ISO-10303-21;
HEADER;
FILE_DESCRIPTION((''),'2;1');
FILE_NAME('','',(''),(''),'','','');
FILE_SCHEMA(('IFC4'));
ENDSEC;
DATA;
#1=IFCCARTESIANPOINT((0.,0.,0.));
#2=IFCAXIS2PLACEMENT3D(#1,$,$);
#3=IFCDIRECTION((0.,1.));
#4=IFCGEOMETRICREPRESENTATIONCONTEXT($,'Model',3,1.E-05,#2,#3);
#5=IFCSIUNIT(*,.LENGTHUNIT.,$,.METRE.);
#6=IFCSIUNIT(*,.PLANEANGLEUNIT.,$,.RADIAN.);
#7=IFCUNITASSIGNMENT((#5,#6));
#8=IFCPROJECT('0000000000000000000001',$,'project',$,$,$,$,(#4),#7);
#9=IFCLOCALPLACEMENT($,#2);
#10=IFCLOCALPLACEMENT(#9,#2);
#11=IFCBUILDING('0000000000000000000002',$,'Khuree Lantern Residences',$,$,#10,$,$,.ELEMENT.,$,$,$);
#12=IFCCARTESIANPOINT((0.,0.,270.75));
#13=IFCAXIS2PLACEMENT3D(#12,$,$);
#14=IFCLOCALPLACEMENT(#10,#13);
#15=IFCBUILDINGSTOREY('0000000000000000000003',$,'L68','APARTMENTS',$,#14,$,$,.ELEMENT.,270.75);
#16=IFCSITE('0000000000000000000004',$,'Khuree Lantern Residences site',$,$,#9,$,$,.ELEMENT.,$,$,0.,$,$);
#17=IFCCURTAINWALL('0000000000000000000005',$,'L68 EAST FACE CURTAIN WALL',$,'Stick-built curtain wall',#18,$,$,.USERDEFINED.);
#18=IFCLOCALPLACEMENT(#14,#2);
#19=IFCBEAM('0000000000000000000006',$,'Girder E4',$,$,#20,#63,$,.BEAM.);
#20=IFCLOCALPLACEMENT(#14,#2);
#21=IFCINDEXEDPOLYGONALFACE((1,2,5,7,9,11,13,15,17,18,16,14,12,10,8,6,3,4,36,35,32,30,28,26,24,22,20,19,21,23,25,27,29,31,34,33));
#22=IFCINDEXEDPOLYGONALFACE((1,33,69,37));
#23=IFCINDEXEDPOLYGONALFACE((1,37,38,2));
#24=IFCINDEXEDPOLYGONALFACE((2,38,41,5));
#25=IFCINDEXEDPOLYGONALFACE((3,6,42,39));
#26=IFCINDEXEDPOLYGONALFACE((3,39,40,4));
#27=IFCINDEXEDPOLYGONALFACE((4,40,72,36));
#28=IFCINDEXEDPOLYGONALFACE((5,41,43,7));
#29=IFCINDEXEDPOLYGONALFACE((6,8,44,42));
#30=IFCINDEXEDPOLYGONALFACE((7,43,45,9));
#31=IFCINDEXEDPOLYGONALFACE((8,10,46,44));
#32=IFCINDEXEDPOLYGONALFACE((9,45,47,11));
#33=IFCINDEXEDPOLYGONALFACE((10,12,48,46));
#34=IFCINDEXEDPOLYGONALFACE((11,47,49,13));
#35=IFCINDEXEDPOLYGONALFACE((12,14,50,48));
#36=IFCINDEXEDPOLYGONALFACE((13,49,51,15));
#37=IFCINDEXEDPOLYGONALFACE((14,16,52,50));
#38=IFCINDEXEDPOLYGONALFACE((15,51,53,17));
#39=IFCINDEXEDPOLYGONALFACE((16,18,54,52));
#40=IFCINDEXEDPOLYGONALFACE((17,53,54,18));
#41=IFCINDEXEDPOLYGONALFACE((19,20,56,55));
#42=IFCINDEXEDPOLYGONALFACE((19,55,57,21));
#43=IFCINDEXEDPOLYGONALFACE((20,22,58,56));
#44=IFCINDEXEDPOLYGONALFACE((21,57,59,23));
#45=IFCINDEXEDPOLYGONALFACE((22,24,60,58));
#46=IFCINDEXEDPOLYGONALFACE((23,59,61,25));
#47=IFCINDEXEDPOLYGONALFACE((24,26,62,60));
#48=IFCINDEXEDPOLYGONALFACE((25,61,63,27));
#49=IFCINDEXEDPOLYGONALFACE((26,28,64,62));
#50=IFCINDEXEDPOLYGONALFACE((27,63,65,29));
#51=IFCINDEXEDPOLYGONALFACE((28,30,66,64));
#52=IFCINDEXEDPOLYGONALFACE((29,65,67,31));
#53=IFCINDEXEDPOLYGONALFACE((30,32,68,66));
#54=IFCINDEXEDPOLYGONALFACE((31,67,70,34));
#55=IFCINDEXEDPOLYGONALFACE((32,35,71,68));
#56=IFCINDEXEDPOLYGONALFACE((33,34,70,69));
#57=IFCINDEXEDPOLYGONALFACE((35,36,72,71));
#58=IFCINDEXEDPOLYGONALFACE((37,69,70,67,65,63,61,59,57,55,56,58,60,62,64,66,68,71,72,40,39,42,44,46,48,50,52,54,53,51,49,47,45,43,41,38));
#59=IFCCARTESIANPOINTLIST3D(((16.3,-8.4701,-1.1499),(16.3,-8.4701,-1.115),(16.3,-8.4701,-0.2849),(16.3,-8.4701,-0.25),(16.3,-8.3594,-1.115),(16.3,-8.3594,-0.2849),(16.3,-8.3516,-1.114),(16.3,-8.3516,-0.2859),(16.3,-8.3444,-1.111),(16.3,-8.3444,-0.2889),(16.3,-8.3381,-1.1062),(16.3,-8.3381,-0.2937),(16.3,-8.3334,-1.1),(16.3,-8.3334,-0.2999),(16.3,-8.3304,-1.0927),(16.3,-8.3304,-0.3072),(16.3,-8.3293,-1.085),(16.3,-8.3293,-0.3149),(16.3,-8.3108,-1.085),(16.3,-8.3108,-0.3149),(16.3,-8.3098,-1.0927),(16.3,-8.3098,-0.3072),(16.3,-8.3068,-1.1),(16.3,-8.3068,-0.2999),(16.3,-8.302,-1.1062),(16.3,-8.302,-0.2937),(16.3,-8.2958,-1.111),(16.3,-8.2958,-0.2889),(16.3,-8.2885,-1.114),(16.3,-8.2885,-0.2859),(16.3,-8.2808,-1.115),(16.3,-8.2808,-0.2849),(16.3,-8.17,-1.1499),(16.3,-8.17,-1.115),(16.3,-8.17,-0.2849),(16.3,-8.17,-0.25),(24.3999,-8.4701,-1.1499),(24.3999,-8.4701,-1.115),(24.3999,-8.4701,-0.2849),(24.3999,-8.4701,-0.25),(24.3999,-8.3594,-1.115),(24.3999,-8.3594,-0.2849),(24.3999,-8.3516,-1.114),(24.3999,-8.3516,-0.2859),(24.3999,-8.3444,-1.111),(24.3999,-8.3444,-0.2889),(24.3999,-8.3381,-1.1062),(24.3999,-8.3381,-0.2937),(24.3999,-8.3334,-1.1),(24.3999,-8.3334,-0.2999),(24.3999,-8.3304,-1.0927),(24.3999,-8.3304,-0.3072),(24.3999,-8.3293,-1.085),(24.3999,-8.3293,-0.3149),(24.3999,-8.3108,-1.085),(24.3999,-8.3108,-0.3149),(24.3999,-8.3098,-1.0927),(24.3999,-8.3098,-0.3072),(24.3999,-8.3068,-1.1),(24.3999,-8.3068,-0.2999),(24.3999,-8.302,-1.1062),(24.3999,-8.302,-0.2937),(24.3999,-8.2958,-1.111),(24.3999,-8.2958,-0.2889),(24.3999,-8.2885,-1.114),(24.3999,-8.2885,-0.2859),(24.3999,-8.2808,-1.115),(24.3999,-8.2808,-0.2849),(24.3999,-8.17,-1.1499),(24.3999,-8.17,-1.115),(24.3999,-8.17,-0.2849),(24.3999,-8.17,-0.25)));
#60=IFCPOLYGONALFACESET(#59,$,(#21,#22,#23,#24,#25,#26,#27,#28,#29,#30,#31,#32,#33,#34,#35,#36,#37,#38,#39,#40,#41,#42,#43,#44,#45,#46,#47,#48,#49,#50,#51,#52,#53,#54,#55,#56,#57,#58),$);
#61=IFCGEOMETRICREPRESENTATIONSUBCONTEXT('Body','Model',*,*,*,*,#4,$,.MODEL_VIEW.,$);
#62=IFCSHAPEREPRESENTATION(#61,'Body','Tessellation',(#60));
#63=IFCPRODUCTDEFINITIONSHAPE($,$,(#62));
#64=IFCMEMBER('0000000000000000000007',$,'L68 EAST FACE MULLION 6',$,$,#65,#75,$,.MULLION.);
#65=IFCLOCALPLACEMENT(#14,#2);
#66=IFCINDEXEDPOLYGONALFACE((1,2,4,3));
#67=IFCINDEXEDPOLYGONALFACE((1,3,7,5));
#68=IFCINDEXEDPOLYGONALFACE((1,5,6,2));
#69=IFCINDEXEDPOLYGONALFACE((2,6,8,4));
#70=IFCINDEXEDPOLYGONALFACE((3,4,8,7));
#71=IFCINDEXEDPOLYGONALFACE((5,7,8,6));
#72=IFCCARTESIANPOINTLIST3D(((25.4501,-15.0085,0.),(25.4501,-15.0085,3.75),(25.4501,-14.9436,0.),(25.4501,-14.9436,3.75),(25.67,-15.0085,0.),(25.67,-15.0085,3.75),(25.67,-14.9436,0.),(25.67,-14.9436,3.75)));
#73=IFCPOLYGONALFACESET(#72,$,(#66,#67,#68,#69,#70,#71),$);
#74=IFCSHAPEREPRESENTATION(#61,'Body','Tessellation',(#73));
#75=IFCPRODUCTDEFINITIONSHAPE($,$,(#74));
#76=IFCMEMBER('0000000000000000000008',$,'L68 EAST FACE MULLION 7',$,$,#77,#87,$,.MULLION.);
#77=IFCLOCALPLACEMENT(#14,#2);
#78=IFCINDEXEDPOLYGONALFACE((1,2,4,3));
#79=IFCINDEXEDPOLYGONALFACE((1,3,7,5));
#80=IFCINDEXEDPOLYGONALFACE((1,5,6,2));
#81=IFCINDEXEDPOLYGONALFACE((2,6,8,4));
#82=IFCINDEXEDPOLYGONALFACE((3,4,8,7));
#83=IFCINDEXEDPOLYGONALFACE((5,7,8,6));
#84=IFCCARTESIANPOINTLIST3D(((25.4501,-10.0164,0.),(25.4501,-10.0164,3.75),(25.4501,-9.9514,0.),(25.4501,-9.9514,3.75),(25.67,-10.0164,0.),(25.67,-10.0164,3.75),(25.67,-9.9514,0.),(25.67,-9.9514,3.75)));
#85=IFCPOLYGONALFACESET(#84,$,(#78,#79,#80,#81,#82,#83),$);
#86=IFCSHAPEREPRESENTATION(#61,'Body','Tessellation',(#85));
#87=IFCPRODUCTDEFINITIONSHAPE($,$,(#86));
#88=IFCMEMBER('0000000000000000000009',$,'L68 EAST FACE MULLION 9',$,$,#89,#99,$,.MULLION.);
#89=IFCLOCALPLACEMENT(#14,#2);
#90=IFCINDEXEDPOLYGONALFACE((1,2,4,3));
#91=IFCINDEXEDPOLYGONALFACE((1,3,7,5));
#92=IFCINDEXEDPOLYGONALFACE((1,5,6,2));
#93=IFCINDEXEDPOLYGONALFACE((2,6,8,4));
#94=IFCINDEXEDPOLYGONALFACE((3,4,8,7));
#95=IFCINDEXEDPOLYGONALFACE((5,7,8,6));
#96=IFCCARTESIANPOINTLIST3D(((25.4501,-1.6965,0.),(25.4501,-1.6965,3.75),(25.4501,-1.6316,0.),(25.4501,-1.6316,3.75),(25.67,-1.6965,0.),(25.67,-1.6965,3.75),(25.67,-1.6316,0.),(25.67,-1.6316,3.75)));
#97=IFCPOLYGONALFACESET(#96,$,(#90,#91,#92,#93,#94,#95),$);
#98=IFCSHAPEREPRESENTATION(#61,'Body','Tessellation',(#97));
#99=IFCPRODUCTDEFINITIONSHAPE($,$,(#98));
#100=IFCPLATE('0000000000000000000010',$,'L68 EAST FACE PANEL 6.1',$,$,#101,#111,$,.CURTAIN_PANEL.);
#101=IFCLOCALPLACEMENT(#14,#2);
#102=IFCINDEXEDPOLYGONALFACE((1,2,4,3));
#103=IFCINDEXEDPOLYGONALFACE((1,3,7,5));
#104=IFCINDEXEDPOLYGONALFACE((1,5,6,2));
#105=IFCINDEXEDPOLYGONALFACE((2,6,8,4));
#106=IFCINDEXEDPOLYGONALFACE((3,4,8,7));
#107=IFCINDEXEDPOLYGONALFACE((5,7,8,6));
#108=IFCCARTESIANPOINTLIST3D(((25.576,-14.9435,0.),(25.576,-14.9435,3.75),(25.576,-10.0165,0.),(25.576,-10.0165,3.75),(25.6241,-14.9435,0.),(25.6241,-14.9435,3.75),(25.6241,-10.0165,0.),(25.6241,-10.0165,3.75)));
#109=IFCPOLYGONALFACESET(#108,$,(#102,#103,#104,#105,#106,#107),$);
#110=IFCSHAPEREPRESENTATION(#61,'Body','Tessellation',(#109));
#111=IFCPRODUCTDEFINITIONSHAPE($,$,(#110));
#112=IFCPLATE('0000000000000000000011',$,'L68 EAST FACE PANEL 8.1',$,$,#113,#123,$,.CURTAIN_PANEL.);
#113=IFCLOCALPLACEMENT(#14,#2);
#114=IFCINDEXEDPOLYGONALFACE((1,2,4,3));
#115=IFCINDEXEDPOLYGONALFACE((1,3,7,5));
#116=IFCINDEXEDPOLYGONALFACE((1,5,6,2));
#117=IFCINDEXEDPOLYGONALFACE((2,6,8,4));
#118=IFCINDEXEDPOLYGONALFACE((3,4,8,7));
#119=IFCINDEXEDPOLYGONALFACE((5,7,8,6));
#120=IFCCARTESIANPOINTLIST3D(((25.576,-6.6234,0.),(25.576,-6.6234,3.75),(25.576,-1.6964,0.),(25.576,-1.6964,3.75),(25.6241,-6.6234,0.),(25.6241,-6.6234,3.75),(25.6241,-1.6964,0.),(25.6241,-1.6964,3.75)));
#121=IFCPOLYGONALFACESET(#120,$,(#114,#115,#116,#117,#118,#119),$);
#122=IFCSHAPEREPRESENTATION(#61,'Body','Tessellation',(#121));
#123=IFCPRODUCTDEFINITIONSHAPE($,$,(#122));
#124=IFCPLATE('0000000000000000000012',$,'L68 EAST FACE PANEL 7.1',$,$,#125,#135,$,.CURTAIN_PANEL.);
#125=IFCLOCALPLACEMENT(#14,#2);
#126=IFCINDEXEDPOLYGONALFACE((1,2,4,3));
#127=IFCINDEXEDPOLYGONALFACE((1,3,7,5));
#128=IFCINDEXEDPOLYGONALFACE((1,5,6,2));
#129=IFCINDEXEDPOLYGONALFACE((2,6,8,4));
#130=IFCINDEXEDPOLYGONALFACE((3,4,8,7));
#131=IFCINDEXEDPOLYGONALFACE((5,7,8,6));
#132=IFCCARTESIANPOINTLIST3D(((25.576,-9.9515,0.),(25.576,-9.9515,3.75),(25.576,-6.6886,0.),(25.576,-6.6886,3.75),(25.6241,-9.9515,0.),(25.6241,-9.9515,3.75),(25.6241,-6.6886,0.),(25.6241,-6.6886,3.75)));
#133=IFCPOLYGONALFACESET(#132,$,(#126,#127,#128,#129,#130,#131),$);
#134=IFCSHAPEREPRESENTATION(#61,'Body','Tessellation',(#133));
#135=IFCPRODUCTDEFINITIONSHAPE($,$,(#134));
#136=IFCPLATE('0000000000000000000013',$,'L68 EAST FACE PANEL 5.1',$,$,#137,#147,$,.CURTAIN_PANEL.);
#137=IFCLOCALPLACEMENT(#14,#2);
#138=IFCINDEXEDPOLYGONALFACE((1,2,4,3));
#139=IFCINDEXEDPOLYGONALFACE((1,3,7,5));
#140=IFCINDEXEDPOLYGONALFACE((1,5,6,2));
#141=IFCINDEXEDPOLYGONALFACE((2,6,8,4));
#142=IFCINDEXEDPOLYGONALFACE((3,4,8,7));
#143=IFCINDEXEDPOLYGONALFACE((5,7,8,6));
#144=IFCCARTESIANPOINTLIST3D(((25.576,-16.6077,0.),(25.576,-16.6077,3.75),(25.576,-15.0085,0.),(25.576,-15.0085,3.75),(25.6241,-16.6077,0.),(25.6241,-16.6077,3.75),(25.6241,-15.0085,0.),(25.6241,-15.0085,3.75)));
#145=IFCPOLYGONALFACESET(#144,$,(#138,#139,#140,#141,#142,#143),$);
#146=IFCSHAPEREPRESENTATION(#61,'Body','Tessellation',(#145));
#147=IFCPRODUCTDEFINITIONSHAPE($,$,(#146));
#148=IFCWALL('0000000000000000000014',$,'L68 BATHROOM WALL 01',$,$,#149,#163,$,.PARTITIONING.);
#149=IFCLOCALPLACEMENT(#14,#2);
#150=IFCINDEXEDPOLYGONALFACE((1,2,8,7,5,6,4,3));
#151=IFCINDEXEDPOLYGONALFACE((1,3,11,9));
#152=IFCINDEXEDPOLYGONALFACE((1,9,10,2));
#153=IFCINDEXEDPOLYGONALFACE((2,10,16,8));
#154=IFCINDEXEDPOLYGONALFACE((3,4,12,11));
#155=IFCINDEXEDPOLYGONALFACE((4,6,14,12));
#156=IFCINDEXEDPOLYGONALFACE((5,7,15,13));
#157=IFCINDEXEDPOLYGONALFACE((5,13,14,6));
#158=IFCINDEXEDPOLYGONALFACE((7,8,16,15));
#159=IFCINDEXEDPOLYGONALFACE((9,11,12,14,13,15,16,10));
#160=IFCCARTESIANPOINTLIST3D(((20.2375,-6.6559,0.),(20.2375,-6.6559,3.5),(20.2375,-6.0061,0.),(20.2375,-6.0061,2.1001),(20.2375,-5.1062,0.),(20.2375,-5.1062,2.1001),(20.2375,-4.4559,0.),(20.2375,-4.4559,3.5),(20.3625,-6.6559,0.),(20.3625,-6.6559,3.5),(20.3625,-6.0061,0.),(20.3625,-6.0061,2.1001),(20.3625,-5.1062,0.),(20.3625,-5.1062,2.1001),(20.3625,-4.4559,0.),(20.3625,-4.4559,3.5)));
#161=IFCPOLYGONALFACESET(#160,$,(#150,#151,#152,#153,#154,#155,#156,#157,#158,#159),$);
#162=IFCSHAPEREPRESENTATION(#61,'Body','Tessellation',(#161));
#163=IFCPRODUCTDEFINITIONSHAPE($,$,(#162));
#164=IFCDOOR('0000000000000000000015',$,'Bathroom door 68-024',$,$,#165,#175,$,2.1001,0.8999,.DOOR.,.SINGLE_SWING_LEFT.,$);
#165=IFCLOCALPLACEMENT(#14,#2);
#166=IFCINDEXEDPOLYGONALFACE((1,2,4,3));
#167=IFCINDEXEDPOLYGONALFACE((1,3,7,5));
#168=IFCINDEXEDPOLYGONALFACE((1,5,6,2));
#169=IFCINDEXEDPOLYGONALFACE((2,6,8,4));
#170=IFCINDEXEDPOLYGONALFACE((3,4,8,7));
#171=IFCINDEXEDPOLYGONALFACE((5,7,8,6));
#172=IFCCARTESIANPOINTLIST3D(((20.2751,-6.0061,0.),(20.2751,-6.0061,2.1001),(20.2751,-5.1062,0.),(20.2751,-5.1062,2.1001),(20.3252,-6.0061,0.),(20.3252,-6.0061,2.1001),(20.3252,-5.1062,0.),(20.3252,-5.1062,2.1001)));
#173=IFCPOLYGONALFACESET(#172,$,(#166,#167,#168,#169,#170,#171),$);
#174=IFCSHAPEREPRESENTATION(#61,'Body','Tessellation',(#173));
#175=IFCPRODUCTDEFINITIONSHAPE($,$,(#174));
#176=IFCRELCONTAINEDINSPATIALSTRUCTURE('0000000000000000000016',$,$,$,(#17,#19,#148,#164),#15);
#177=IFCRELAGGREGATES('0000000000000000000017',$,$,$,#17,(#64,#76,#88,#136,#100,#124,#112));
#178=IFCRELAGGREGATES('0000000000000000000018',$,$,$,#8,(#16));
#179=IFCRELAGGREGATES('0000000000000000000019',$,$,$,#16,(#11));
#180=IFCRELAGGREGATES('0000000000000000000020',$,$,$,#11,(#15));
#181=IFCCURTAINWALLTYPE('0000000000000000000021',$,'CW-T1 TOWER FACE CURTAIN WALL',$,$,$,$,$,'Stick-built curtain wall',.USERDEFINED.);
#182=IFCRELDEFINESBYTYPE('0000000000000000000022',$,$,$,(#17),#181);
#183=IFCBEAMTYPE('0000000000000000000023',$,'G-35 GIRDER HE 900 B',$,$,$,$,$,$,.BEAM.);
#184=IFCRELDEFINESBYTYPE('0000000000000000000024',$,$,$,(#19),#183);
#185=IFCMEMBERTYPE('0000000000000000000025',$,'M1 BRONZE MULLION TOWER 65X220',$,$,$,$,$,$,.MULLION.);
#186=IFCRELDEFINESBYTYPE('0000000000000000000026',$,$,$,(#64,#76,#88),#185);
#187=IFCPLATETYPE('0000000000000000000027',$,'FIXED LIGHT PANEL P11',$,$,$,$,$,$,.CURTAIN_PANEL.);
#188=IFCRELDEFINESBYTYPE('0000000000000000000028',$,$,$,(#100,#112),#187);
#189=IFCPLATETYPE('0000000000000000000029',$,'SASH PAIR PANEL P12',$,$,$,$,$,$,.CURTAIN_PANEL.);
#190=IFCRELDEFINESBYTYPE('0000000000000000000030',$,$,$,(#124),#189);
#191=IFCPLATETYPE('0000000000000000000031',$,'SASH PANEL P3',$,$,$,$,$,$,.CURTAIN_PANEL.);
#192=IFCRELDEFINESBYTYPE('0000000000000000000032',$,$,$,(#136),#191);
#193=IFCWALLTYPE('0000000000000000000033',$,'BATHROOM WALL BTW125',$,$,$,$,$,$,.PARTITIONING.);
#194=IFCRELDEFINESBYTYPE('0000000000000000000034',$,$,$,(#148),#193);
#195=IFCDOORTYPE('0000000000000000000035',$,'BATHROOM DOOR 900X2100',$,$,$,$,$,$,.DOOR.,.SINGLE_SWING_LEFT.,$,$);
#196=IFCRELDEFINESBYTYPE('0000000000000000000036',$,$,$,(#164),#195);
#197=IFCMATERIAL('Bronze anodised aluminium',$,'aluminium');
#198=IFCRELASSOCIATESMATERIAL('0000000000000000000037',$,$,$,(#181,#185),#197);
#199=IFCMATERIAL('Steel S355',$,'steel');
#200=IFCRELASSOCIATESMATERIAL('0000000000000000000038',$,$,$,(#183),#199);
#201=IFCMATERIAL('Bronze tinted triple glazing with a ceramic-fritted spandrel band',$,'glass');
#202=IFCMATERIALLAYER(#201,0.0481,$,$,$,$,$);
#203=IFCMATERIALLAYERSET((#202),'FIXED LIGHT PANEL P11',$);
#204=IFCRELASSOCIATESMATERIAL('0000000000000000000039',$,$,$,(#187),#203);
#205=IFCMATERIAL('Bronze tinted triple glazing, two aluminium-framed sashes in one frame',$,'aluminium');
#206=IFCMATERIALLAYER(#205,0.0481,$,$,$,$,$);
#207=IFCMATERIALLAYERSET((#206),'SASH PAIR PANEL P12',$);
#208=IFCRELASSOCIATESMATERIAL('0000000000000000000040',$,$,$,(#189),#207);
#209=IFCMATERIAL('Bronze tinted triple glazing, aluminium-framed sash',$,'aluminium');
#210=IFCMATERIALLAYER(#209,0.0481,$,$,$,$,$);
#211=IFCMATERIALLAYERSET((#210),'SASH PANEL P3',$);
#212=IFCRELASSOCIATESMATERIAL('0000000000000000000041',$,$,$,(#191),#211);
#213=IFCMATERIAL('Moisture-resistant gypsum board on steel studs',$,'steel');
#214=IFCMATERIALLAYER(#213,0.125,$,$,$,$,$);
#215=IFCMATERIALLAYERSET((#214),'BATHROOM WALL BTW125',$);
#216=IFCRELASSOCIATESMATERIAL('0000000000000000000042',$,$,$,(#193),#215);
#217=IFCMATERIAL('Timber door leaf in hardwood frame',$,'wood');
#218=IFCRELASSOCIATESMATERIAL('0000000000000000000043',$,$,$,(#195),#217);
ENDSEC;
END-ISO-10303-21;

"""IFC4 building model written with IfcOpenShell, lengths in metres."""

from ifc_helpers import new_model, si_unit, direction, frame, frame_2d, origin, origin_2d, place, context, subcontext, project, spatial, rectangle, i_section, extrude, material, layer, layer_set, material_profile, profile_set, type_object, element, fill, aggregate, save


model = new_model("IFC4")

# Units and contexts
model_context = context("Model", 3, precision=1e-05, world=origin(), true_north=direction((0.0, 1.0)))
body_context = subcontext(model_context, "Body", "Model", "MODEL_VIEW")
ifc_project = project(units=[si_unit("LENGTHUNIT", "METRE"), si_unit("PLANEANGLEUNIT", "RADIAN")], contexts=[model_context])

# Site, building, storey
site_placement = place(None, origin())
site = spatial("IfcSite", under=ifc_project, at=site_placement, Name="Khuree Lantern Residences site", CompositionType="ELEMENT", RefElevation=0.0)
building_placement = place(site_placement, origin())
building = spatial("IfcBuilding", under=site, at=building_placement, Name="Khuree Lantern Residences", CompositionType="ELEMENT")
storey_placement = place(building_placement, frame((0.0, 0.0, 270.75)))
storey = spatial("IfcBuildingStorey", under=building, at=storey_placement, Name="L68", Description="APARTMENTS", CompositionType="ELEMENT", Elevation=270.75)

# Shared definitions
ifc_material_1 = material(Name="Steel S355", Category="steel")

# Curtain wall
ifc_material_2 = material(Name="Bronze anodised aluminium", Category="aluminium")
curtain_wall_type = type_object("IfcCurtainWallType", Name="CW-T1 TOWER FACE CURTAIN WALL", ElementType="Stick-built curtain wall", PredefinedType="USERDEFINED", material=ifc_material_2)
curtain_wall_placement = place(storey_placement, origin())
curtain_wall = element("IfcCurtainWall", 1, at=curtain_wall_placement, inside=storey, type_object=curtain_wall_type, Name="L68 EAST FACE CURTAIN WALL", ObjectType="Stick-built curtain wall", PredefinedType="USERDEFINED")

# Beam
ifc_material_profile_1 = material_profile(ifc_material_1, i_section(OverallWidth=0.3, OverallDepth=0.8999, WebThickness=0.0186, FlangeThickness=0.0349, FilletRadius=0.03, at=origin_2d()), Name="HE 900 B")
ifc_profile_set_1 = profile_set([ifc_material_profile_1], Name="Steel S355")
beam_type_1 = type_object("IfcBeamType", Name="G-35 GIRDER HE 900 B", PredefinedType="BEAM", material=ifc_profile_set_1)
beam_1_placement = place(storey_placement, frame((24.3999, -8.3201, -0.7), z_axis=(-1.0, 0.0, 0.0), x_axis=(0.0, -1.0, 0.0)))
element("IfcBeam", 2, at=beam_1_placement, inside=storey, type_object=beam_type_1, Name="Girder E4", PredefinedType="BEAM", context=body_context, shape_type="SweptSolid", body=[
    extrude(i_section(OverallWidth=0.3, OverallDepth=0.8999, WebThickness=0.0186, FlangeThickness=0.0349, FilletRadius=0.03, at=origin_2d()), origin(), (0.0, 0.0, 1.0), 8.0999),
])

# Members
ifc_material_profile_2 = material_profile(ifc_material_2, rectangle(XDim=0.0649, YDim=0.22, at=origin_2d()), Name="M1 65X220")
ifc_profile_set_2 = profile_set([ifc_material_profile_2], Name="Bronze anodised aluminium")
member_type_1 = type_object("IfcMemberType", Name="M1 BRONZE MULLION TOWER 65X220", PredefinedType="MULLION", material=ifc_profile_set_2)
member_1_placement = place(storey_placement, frame((25.5601, -14.9761, 0.0), z_axis=(0.0, 0.0, 1.0), x_axis=(0.0, 1.0, 0.0)))
member_1 = element("IfcMember", 3, at=member_1_placement, type_object=member_type_1, Name="L68 EAST FACE MULLION 6", PredefinedType="MULLION", context=body_context, shape_type="SweptSolid", body=[
    extrude(rectangle(XDim=0.0649, YDim=0.22, at=origin_2d()), origin(), (0.0, 0.0, 1.0), 3.75),
])
member_2_placement = place(storey_placement, frame((25.5601, -9.9839, 0.0), z_axis=(0.0, 0.0, 1.0), x_axis=(0.0, 1.0, 0.0)))
member_2 = element("IfcMember", 4, at=member_2_placement, type_object=member_type_1, Name="L68 EAST FACE MULLION 7", PredefinedType="MULLION", context=body_context, shape_type="SweptSolid", body=[
    extrude(rectangle(XDim=0.0649, YDim=0.22, at=origin_2d()), origin(), (0.0, 0.0, 1.0), 3.75),
])
member_3_placement = place(storey_placement, frame((25.5601, -1.6641, 0.0), z_axis=(0.0, 0.0, 1.0), x_axis=(0.0, 1.0, 0.0)))
member_3 = element("IfcMember", 5, at=member_3_placement, type_object=member_type_1, Name="L68 EAST FACE MULLION 9", PredefinedType="MULLION", context=body_context, shape_type="SweptSolid", body=[
    extrude(rectangle(XDim=0.0649, YDim=0.22, at=origin_2d()), origin(), (0.0, 0.0, 1.0), 3.75),
])

# Plates
ifc_material_3 = material(Name="Bronze tinted triple glazing with a ceramic-fritted spandrel band", Category="glass")
ifc_layer_1 = layer(ifc_material_3, 0.0481)
ifc_layer_set_1 = layer_set([ifc_layer_1], Name="FIXED LIGHT PANEL P11")
plate_type_1 = type_object("IfcPlateType", Name="FIXED LIGHT PANEL P11", PredefinedType="CURTAIN_PANEL", material=ifc_layer_set_1)
plate_1_placement = place(storey_placement, frame((25.6001, -12.48, 0.0), z_axis=(0.0, 0.0, 1.0), x_axis=(0.0, 1.0, 0.0)))
plate_1 = element("IfcPlate", 6, at=plate_1_placement, type_object=plate_type_1, Name="L68 EAST FACE PANEL 6.1", PredefinedType="CURTAIN_PANEL", context=body_context, shape_type="SweptSolid", body=[
    extrude(rectangle(XDim=4.927, YDim=0.0481, at=origin_2d()), origin(), (0.0, 0.0, 1.0), 3.75),
])
plate_2_placement = place(storey_placement, frame((25.6001, -4.1599, 0.0), z_axis=(0.0, 0.0, 1.0), x_axis=(0.0, 1.0, 0.0)))
plate_2 = element("IfcPlate", 7, at=plate_2_placement, type_object=plate_type_1, Name="L68 EAST FACE PANEL 8.1", PredefinedType="CURTAIN_PANEL", context=body_context, shape_type="SweptSolid", body=[
    extrude(rectangle(XDim=4.927, YDim=0.0481, at=origin_2d()), origin(), (0.0, 0.0, 1.0), 3.75),
])
ifc_material_4 = material(Name="Bronze tinted triple glazing, two aluminium-framed sashes in one frame", Category="aluminium")
ifc_layer_2 = layer(ifc_material_4, 0.0481)
ifc_layer_set_2 = layer_set([ifc_layer_2], Name="SASH PAIR PANEL P12")
plate_type_2 = type_object("IfcPlateType", Name="SASH PAIR PANEL P12", PredefinedType="CURTAIN_PANEL", material=ifc_layer_set_2)
plate_3_placement = place(storey_placement, frame((25.6001, -8.3201, 0.0), z_axis=(0.0, 0.0, 1.0), x_axis=(0.0, 1.0, 0.0)))
plate_3 = element("IfcPlate", 8, at=plate_3_placement, type_object=plate_type_2, Name="L68 EAST FACE PANEL 7.1", PredefinedType="CURTAIN_PANEL", context=body_context, shape_type="SweptSolid", body=[
    extrude(rectangle(XDim=3.2629, YDim=0.0481, at=origin_2d()), origin(), (0.0, 0.0, 1.0), 3.75),
])
ifc_material_5 = material(Name="Bronze tinted triple glazing, aluminium-framed sash", Category="aluminium")
ifc_layer_3 = layer(ifc_material_5, 0.0481)
ifc_layer_set_3 = layer_set([ifc_layer_3], Name="SASH PANEL P3")
plate_type_3 = type_object("IfcPlateType", Name="SASH PANEL P3", PredefinedType="CURTAIN_PANEL", material=ifc_layer_set_3)
plate_4_placement = place(storey_placement, frame((25.6001, -15.8081, 0.0), z_axis=(0.0, 0.0, 1.0), x_axis=(0.0, 1.0, 0.0)))
plate_4 = element("IfcPlate", 9, at=plate_4_placement, type_object=plate_type_3, Name="L68 EAST FACE PANEL 5.1", PredefinedType="CURTAIN_PANEL", context=body_context, shape_type="SweptSolid", body=[
    extrude(rectangle(XDim=1.5991, YDim=0.0481, at=origin_2d()), origin(), (0.0, 0.0, 1.0), 3.75),
])
aggregate(curtain_wall, [member_1, member_2, member_3, plate_4, plate_1, plate_3, plate_2])

# Wall, opening, door
ifc_material_6 = material(Name="Moisture-resistant gypsum board on steel studs", Category="steel")
ifc_layer_4 = layer(ifc_material_6, 0.125)
ifc_layer_set_4 = layer_set([ifc_layer_4], Name="BATHROOM WALL BTW125")
wall_type_1 = type_object("IfcWallType", Name="BATHROOM WALL BTW125", PredefinedType="PARTITIONING", material=ifc_layer_set_4)
wall_1_placement = place(storey_placement, frame((20.3, -6.656, 0.0), z_axis=(0.0, 0.0, 1.0), x_axis=(0.0, 1.0, 0.0)))
wall_1 = element("IfcWall", 10, at=wall_1_placement, inside=storey, type_object=wall_type_1, Name="L68 BATHROOM WALL 01", PredefinedType="PARTITIONING", context=body_context, shape_type="SweptSolid", body=[
    extrude(rectangle(XDim=2.2, YDim=0.125, at=frame_2d((1.1001, 0.0))), origin(), (0.0, 0.0, 1.0), 3.5),
])
opening_1_placement = place(wall_1_placement, frame((0.6499, 0.0, 0.0)))
opening_1 = element("IfcOpeningElement", 11, at=opening_1_placement, cuts=wall_1, PredefinedType="OPENING", context=body_context, shape_type="SweptSolid", body=[
    extrude(rectangle(XDim=0.8999, YDim=2.1001, at=frame_2d((0.45, 1.05))), frame((0.0, 0.0725, 0.0), z_axis=(0.0, -1.0, 0.0), x_axis=(1.0, 0.0, 0.0)), (0.0, 0.0, 1.0), 0.145),
])
ifc_material_7 = material(Name="Timber door leaf in hardwood frame", Category="wood")
door_type_1 = type_object("IfcDoorType", Name="BATHROOM DOOR 900X2100", OperationType="SINGLE_SWING_LEFT", PredefinedType="DOOR", material=ifc_material_7)
door_1_placement = place(opening_1_placement, origin())
door_1 = element("IfcDoor", 12, at=door_1_placement, inside=storey, type_object=door_type_1, Name="Bathroom door 68-024", OperationType="SINGLE_SWING_LEFT", OverallHeight=2.1001, OverallWidth=0.8999, PredefinedType="DOOR", context=body_context, shape_type="SweptSolid", body=[
    extrude(rectangle(XDim=0.8999, YDim=2.1001, at=frame_2d((0.45, 1.05))), frame((0.0, 0.0249, 0.0), z_axis=(0.0, -1.0, 0.0), x_axis=(1.0, 0.0, 0.0)), (0.0, 0.0, 1.0), 0.05),
])
fill(opening_1, door_1)

save(model, "model.ifc")
